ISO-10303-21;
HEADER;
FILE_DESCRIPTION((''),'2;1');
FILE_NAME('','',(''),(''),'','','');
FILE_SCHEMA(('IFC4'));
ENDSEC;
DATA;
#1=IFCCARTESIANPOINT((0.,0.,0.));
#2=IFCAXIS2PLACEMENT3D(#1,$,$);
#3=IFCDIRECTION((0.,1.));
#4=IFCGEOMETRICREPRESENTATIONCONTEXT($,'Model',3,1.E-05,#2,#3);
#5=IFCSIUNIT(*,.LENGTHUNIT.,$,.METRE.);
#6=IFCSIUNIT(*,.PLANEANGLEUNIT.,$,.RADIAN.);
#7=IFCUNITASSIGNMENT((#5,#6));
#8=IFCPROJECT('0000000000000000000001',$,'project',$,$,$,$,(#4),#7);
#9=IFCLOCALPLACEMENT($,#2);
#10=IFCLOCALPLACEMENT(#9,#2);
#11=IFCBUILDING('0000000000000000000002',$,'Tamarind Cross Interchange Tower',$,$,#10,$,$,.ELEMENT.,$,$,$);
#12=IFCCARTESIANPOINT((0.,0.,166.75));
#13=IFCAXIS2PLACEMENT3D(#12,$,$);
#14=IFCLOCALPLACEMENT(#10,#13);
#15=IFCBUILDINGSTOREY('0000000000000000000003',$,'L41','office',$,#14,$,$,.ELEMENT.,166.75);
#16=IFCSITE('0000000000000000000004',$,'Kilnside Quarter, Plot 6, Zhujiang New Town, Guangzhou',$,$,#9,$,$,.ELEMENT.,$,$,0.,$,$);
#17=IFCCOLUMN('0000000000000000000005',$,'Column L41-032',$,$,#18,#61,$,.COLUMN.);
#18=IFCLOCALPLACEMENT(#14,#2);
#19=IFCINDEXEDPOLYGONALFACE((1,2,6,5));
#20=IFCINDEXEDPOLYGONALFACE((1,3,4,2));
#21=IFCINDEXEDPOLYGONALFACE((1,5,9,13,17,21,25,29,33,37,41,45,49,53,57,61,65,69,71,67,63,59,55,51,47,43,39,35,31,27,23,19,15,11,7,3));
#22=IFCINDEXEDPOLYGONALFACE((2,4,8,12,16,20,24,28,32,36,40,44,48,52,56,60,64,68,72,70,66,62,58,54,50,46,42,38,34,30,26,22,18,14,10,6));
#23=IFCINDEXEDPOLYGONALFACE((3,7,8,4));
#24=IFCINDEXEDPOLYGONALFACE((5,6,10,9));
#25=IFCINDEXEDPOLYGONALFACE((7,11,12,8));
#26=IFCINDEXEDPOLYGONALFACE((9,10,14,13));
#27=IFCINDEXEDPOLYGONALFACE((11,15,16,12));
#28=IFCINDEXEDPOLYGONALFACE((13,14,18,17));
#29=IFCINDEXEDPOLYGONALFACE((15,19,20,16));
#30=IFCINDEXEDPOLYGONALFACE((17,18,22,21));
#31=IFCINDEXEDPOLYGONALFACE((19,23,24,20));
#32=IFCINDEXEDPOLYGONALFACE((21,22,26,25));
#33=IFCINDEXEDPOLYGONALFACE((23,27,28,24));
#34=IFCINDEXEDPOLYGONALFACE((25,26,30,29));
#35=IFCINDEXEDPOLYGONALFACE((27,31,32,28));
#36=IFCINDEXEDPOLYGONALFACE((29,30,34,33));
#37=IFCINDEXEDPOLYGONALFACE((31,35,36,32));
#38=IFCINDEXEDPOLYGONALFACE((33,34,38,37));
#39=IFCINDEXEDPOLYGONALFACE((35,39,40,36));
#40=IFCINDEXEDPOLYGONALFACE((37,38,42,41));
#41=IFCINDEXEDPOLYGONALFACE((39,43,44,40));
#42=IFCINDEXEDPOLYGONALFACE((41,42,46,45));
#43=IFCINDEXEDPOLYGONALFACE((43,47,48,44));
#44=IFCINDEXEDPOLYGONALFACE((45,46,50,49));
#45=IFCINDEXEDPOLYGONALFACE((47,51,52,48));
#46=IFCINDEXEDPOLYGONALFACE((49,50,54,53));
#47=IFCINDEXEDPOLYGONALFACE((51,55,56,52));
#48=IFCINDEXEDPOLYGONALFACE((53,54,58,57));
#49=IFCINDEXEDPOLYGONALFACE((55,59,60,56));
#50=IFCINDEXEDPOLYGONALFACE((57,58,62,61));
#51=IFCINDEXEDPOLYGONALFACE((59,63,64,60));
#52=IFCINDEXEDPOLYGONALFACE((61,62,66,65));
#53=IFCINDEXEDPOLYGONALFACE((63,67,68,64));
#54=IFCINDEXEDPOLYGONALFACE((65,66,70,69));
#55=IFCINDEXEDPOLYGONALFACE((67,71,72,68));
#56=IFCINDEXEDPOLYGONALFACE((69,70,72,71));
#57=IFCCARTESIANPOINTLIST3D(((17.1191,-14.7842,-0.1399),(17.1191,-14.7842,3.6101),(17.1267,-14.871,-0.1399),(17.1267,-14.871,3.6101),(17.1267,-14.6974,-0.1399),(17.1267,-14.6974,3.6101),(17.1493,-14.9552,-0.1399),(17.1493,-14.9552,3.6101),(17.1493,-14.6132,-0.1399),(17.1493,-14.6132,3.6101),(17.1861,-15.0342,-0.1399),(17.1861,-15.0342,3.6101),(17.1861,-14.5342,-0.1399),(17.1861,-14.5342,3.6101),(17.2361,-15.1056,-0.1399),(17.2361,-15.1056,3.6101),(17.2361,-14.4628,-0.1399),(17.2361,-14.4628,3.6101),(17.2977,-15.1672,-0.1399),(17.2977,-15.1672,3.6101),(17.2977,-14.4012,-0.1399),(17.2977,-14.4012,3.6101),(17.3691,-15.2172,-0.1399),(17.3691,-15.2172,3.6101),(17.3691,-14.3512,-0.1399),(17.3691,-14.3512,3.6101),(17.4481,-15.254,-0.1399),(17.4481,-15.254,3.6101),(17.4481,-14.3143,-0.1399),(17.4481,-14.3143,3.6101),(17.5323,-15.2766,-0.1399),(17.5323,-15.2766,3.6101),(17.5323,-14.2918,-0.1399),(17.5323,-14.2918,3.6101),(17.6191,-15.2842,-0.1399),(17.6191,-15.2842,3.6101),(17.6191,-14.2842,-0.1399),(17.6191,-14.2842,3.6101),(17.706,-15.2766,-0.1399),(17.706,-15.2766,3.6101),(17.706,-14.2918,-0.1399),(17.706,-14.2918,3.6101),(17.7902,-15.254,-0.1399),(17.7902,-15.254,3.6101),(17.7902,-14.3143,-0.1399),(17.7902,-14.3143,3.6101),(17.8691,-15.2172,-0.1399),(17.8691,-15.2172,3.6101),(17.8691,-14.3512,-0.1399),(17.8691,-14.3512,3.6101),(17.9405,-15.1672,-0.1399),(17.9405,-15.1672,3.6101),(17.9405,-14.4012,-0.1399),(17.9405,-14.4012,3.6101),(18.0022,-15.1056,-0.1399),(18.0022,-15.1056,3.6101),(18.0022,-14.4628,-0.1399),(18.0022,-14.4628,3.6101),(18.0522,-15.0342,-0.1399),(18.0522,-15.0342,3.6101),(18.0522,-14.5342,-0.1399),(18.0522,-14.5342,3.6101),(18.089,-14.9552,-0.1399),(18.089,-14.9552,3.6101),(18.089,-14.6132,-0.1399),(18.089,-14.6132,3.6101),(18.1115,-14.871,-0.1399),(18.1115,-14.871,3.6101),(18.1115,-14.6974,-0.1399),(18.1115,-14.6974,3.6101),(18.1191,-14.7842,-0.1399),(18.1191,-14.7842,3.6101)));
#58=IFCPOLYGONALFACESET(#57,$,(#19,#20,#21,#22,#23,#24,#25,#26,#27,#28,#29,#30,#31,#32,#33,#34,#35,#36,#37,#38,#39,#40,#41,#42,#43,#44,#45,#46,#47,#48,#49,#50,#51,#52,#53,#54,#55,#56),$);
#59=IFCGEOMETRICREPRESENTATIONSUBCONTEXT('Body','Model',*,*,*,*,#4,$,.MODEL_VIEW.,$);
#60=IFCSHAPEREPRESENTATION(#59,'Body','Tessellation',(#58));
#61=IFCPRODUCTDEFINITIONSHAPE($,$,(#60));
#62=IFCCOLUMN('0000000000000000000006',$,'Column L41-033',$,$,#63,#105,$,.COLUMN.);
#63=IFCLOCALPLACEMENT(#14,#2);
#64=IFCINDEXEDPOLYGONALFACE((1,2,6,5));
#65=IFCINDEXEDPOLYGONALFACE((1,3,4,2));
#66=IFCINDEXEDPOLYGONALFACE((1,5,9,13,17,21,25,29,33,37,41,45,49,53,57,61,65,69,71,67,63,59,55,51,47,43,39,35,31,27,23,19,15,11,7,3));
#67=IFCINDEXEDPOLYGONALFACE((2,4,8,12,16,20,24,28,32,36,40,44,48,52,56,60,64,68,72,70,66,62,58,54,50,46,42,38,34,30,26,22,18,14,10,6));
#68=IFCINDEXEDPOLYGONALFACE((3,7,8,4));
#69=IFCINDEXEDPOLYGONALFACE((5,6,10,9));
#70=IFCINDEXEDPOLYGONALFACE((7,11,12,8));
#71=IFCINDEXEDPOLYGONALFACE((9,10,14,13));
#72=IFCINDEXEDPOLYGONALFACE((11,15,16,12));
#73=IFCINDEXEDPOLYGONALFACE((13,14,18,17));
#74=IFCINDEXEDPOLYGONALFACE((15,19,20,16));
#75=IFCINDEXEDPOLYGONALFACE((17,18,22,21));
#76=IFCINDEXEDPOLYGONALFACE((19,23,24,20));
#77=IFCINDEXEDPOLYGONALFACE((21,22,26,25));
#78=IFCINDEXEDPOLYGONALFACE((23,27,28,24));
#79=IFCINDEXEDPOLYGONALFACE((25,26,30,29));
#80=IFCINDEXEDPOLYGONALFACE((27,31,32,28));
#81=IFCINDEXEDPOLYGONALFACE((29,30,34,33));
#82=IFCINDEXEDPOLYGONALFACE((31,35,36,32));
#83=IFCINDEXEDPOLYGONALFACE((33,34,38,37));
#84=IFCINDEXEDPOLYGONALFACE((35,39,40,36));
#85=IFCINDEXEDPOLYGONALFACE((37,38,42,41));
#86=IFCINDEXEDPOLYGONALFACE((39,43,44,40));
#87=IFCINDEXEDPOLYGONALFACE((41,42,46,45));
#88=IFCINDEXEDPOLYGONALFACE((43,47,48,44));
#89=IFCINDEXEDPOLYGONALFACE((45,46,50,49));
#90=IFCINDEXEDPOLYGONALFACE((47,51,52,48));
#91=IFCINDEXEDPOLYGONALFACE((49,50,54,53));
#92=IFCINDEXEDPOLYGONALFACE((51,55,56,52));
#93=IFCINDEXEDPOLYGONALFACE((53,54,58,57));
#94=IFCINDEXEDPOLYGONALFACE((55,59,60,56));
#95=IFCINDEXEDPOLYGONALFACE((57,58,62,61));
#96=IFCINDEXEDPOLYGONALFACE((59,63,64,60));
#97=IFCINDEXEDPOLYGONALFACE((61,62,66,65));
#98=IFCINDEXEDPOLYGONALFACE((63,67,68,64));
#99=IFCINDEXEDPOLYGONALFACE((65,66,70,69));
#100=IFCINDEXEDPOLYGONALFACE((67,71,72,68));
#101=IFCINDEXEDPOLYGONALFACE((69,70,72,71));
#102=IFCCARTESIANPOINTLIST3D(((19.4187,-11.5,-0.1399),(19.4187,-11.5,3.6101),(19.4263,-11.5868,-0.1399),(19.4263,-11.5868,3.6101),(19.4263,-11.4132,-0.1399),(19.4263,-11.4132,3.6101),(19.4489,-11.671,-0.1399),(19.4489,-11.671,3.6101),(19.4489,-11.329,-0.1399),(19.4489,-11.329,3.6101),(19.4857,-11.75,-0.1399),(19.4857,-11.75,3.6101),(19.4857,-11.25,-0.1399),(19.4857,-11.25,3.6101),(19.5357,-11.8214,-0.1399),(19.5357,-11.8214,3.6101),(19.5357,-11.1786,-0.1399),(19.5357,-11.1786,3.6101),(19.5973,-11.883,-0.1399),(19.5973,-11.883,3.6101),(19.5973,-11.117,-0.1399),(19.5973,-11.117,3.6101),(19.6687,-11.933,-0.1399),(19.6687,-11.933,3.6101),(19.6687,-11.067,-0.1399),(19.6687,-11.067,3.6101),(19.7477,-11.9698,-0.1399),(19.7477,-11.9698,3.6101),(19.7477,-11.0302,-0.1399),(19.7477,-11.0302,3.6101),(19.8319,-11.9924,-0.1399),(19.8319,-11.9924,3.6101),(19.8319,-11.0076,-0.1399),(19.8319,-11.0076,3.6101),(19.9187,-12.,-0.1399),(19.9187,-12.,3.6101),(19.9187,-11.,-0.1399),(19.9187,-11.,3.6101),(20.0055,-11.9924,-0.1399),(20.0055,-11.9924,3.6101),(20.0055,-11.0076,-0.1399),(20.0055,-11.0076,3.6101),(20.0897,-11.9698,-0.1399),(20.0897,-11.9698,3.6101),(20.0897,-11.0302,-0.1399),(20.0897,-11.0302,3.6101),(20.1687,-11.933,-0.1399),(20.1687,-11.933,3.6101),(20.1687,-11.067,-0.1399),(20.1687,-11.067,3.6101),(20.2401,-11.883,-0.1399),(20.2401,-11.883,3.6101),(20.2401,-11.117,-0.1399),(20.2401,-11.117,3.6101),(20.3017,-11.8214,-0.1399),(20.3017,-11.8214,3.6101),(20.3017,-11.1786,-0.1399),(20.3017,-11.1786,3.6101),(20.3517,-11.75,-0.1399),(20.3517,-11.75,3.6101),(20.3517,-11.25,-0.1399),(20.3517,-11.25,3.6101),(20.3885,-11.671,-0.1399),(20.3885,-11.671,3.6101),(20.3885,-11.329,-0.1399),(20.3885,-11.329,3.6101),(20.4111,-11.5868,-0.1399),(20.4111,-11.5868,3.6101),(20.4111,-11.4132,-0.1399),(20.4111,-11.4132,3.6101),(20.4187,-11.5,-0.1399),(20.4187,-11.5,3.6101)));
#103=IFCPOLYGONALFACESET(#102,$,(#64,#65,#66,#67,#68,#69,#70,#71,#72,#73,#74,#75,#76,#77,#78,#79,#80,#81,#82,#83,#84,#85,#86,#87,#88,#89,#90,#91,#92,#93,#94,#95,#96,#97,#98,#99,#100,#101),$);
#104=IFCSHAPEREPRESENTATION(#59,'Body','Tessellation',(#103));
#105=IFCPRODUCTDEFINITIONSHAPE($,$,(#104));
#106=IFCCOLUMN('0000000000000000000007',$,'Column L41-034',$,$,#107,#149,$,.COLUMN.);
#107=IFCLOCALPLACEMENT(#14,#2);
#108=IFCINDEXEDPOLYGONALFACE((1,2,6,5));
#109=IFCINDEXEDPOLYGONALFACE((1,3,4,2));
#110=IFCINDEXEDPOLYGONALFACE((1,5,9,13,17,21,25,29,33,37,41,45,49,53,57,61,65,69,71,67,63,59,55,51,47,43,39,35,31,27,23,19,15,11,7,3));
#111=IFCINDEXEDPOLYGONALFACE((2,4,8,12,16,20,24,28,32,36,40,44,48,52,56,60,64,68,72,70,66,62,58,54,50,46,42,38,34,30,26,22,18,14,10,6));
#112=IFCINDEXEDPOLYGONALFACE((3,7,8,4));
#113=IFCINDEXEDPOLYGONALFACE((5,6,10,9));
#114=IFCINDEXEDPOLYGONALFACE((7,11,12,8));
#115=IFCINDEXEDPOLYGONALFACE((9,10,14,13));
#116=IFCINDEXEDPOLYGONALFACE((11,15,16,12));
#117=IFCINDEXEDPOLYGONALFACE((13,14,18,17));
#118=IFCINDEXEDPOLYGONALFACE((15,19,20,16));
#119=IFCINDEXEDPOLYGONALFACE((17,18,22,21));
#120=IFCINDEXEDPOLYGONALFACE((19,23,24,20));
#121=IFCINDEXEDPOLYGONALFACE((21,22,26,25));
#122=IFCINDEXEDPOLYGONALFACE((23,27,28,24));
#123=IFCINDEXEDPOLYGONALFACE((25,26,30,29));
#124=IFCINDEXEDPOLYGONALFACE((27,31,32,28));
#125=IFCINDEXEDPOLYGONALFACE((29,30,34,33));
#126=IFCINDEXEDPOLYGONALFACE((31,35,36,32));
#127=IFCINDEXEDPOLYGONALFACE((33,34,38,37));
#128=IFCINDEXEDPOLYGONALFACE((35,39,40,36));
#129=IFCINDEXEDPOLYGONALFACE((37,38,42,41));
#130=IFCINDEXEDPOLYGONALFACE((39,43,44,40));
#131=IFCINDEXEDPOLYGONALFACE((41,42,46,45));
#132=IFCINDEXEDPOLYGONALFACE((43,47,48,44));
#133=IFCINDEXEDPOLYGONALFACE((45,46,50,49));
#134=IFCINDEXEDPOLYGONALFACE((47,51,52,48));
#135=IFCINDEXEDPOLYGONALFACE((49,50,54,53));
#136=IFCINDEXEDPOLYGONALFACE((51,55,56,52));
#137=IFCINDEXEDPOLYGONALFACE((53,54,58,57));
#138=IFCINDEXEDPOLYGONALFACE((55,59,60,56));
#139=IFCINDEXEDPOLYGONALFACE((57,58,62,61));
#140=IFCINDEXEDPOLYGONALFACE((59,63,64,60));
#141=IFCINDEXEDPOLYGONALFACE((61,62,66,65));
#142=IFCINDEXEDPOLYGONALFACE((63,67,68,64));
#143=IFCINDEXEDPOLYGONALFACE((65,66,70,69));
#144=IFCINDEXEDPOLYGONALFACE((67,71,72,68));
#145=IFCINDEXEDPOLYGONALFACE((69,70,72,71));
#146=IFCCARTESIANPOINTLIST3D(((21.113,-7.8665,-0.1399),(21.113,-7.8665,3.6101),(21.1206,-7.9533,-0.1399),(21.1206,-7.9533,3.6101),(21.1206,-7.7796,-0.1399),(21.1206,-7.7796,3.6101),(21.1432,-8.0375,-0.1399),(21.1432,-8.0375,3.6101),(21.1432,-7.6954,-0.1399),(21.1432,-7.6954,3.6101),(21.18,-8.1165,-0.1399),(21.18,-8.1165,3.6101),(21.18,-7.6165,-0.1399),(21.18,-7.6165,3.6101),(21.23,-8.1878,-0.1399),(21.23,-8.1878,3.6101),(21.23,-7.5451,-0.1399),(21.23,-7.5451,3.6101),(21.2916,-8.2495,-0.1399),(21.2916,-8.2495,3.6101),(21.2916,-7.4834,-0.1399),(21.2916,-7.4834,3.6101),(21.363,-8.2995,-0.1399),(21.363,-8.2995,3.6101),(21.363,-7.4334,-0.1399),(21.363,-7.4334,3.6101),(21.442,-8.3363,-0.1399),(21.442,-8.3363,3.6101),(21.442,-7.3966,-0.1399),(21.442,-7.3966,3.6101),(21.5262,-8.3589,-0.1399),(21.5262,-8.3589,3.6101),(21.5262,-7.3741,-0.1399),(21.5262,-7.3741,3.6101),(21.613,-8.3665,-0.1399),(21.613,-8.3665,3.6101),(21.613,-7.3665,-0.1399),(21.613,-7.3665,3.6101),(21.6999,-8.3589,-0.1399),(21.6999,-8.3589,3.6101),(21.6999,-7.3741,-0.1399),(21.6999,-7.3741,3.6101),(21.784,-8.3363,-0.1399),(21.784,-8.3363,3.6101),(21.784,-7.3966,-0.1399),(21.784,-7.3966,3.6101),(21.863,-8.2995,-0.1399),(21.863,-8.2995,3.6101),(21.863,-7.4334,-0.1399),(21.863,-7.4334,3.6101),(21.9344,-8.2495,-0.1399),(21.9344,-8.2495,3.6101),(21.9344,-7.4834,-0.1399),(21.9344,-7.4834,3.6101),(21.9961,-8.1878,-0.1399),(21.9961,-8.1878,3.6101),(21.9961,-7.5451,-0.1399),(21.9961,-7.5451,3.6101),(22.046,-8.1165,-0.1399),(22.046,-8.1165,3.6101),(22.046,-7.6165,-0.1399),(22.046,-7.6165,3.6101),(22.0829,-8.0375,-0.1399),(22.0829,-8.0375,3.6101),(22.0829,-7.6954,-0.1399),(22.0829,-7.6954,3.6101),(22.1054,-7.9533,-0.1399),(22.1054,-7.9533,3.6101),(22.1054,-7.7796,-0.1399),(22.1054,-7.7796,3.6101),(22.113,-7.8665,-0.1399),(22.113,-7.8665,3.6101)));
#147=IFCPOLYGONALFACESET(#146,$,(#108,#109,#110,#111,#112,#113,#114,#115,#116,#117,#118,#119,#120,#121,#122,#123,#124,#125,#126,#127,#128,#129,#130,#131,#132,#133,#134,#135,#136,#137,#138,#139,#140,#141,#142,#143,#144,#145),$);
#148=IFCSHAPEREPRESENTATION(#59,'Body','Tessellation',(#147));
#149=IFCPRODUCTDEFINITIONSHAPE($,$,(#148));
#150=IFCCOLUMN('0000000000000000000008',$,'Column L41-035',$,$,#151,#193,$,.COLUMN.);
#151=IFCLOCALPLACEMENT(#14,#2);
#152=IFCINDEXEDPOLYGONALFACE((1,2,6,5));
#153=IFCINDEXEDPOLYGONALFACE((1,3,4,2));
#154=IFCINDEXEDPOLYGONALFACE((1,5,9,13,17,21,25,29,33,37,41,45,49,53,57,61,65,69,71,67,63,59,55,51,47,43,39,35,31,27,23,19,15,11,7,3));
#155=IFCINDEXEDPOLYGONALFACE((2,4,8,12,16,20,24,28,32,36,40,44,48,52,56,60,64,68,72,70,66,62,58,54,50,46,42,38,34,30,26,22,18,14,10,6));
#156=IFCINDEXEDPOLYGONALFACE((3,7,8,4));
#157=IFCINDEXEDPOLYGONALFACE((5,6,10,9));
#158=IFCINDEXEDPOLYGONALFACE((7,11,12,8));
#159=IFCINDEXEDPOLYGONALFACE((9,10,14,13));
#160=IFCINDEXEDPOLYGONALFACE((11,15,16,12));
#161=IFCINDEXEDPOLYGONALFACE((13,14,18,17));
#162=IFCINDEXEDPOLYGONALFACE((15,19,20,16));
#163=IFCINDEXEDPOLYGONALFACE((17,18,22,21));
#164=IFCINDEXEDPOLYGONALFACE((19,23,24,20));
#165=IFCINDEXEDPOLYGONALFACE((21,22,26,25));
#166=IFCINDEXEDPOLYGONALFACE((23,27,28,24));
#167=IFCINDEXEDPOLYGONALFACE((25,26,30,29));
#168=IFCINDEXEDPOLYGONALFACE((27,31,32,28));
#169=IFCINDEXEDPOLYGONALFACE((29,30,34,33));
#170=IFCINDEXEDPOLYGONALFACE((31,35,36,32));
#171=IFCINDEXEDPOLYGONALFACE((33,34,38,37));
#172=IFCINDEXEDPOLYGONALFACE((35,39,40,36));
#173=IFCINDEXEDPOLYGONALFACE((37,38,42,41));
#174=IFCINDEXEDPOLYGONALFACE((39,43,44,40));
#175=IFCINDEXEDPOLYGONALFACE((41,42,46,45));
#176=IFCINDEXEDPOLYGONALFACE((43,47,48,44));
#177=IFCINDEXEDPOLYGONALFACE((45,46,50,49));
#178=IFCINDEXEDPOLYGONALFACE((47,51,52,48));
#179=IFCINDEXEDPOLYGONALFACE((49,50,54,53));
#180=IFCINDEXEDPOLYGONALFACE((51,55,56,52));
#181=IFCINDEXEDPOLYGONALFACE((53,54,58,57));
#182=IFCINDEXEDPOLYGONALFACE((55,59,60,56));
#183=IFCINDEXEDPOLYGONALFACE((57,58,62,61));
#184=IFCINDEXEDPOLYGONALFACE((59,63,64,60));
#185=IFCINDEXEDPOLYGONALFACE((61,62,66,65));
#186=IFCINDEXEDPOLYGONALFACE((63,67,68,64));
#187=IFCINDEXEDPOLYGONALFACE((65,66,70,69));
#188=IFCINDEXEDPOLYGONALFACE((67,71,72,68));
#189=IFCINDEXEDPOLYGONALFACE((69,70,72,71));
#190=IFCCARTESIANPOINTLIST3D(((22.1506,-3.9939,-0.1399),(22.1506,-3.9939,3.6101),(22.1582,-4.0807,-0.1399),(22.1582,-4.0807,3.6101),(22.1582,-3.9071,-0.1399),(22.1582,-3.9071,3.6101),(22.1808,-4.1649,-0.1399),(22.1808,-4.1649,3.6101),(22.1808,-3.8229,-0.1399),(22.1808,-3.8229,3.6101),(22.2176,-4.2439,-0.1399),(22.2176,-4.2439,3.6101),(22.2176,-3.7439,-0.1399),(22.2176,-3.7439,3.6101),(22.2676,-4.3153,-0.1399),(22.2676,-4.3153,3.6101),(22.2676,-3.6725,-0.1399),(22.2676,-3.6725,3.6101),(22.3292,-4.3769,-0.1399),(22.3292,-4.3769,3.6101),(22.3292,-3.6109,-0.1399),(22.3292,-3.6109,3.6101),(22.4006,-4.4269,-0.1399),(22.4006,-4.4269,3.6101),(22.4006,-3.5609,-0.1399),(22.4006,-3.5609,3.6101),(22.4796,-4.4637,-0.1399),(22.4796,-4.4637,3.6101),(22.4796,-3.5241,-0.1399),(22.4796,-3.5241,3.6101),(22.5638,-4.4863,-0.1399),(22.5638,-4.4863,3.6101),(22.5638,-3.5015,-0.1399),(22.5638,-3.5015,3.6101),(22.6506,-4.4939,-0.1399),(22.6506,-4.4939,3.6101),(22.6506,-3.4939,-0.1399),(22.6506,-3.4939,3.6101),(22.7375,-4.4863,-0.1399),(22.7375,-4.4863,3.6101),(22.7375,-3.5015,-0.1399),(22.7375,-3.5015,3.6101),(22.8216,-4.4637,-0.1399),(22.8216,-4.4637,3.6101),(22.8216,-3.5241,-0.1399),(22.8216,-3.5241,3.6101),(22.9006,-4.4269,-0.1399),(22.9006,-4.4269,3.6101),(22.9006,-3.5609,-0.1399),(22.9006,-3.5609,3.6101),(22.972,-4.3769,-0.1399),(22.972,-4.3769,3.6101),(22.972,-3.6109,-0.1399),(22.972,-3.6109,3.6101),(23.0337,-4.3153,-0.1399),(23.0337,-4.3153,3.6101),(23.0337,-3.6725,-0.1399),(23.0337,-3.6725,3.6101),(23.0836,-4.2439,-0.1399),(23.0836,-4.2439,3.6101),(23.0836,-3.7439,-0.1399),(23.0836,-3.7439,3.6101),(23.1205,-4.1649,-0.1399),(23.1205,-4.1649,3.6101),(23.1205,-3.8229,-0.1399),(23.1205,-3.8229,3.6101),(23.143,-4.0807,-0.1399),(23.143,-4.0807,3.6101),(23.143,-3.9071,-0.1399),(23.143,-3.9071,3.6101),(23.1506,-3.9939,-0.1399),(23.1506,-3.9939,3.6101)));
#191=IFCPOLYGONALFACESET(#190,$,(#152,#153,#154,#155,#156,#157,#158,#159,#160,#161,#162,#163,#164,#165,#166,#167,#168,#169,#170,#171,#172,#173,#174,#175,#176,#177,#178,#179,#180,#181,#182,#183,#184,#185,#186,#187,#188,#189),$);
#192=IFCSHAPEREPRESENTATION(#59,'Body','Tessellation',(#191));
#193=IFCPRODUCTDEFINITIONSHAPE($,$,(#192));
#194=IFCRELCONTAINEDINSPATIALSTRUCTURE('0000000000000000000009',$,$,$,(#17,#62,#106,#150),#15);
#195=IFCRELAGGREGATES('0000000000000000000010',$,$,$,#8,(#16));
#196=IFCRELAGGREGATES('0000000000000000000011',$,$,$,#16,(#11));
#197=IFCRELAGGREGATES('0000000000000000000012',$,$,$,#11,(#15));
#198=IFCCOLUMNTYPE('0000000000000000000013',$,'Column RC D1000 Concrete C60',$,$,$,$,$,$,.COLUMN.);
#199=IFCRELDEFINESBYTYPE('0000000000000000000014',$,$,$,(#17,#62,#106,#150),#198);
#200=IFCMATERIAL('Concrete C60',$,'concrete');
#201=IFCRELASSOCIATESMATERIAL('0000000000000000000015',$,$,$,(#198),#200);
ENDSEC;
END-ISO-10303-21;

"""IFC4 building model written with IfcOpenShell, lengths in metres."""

from ifc_helpers import new_model, si_unit, direction, frame, origin, origin_2d, place, context, subcontext, project, spatial, circle, extrude, material, material_profile, profile_set, type_object, element, save


model = new_model("IFC4")

# Units and contexts
model_context = context("Model", 3, precision=1e-05, world=origin(), true_north=direction((0.0, 1.0)))
body_context = subcontext(model_context, "Body", "Model", "MODEL_VIEW")
ifc_project = project(units=[si_unit("LENGTHUNIT", "METRE"), si_unit("PLANEANGLEUNIT", "RADIAN")], contexts=[model_context])

# Site, building, storey
site_placement = place(None, origin())
site = spatial("IfcSite", under=ifc_project, at=site_placement, Name="Kilnside Quarter, Plot 6, Zhujiang New Town, Guangzhou", CompositionType="ELEMENT", RefElevation=0.0)
building_placement = place(site_placement, origin())
building = spatial("IfcBuilding", under=site, at=building_placement, Name="Tamarind Cross Interchange Tower", CompositionType="ELEMENT")
storey_placement = place(building_placement, frame((0.0, 0.0, 166.75)))
storey = spatial("IfcBuildingStorey", under=building, at=storey_placement, Name="L41", Description="office", CompositionType="ELEMENT", Elevation=166.75)

# Columns
ifc_material_1 = material(Name="Concrete C60", Category="concrete")
ifc_material_profile_1 = material_profile(ifc_material_1, circle(Radius=0.5, at=origin_2d()), Name="RC D1000")
ifc_profile_set_1 = profile_set([ifc_material_profile_1], Name="Concrete C60")
column_type = type_object("IfcColumnType", Name="Column RC D1000 Concrete C60", PredefinedType="COLUMN", material=ifc_profile_set_1)
for number, where, z_axis, x_axis, name in (
    (1, (17.6191, -14.7842, -0.1399), (0.0, 0.0, 1.0), (1.0, 0.0, 0.0), "Column L41-032"),
    (2, (19.9187, -11.5, -0.1399), (0.0, 0.0, 1.0), (1.0, 0.0, 0.0), "Column L41-033"),
    (3, (21.613, -7.8665, -0.1399), (0.0, 0.0, 1.0), (1.0, 0.0, 0.0), "Column L41-034"),
    (4, (22.6506, -3.9939, -0.1399), (0.0, 0.0, 1.0), (1.0, 0.0, 0.0), "Column L41-035"),
):
    element("IfcColumn", number, at=place(storey_placement, frame(where, z_axis=z_axis, x_axis=x_axis)), inside=storey, type_object=column_type, Name=name, PredefinedType="COLUMN", context=body_context, shape_type="SweptSolid", body=[
        extrude(circle(Radius=0.5, at=origin_2d()), origin(), (0.0, 0.0, 1.0), 3.75),
    ])

save(model, "model.ifc")
